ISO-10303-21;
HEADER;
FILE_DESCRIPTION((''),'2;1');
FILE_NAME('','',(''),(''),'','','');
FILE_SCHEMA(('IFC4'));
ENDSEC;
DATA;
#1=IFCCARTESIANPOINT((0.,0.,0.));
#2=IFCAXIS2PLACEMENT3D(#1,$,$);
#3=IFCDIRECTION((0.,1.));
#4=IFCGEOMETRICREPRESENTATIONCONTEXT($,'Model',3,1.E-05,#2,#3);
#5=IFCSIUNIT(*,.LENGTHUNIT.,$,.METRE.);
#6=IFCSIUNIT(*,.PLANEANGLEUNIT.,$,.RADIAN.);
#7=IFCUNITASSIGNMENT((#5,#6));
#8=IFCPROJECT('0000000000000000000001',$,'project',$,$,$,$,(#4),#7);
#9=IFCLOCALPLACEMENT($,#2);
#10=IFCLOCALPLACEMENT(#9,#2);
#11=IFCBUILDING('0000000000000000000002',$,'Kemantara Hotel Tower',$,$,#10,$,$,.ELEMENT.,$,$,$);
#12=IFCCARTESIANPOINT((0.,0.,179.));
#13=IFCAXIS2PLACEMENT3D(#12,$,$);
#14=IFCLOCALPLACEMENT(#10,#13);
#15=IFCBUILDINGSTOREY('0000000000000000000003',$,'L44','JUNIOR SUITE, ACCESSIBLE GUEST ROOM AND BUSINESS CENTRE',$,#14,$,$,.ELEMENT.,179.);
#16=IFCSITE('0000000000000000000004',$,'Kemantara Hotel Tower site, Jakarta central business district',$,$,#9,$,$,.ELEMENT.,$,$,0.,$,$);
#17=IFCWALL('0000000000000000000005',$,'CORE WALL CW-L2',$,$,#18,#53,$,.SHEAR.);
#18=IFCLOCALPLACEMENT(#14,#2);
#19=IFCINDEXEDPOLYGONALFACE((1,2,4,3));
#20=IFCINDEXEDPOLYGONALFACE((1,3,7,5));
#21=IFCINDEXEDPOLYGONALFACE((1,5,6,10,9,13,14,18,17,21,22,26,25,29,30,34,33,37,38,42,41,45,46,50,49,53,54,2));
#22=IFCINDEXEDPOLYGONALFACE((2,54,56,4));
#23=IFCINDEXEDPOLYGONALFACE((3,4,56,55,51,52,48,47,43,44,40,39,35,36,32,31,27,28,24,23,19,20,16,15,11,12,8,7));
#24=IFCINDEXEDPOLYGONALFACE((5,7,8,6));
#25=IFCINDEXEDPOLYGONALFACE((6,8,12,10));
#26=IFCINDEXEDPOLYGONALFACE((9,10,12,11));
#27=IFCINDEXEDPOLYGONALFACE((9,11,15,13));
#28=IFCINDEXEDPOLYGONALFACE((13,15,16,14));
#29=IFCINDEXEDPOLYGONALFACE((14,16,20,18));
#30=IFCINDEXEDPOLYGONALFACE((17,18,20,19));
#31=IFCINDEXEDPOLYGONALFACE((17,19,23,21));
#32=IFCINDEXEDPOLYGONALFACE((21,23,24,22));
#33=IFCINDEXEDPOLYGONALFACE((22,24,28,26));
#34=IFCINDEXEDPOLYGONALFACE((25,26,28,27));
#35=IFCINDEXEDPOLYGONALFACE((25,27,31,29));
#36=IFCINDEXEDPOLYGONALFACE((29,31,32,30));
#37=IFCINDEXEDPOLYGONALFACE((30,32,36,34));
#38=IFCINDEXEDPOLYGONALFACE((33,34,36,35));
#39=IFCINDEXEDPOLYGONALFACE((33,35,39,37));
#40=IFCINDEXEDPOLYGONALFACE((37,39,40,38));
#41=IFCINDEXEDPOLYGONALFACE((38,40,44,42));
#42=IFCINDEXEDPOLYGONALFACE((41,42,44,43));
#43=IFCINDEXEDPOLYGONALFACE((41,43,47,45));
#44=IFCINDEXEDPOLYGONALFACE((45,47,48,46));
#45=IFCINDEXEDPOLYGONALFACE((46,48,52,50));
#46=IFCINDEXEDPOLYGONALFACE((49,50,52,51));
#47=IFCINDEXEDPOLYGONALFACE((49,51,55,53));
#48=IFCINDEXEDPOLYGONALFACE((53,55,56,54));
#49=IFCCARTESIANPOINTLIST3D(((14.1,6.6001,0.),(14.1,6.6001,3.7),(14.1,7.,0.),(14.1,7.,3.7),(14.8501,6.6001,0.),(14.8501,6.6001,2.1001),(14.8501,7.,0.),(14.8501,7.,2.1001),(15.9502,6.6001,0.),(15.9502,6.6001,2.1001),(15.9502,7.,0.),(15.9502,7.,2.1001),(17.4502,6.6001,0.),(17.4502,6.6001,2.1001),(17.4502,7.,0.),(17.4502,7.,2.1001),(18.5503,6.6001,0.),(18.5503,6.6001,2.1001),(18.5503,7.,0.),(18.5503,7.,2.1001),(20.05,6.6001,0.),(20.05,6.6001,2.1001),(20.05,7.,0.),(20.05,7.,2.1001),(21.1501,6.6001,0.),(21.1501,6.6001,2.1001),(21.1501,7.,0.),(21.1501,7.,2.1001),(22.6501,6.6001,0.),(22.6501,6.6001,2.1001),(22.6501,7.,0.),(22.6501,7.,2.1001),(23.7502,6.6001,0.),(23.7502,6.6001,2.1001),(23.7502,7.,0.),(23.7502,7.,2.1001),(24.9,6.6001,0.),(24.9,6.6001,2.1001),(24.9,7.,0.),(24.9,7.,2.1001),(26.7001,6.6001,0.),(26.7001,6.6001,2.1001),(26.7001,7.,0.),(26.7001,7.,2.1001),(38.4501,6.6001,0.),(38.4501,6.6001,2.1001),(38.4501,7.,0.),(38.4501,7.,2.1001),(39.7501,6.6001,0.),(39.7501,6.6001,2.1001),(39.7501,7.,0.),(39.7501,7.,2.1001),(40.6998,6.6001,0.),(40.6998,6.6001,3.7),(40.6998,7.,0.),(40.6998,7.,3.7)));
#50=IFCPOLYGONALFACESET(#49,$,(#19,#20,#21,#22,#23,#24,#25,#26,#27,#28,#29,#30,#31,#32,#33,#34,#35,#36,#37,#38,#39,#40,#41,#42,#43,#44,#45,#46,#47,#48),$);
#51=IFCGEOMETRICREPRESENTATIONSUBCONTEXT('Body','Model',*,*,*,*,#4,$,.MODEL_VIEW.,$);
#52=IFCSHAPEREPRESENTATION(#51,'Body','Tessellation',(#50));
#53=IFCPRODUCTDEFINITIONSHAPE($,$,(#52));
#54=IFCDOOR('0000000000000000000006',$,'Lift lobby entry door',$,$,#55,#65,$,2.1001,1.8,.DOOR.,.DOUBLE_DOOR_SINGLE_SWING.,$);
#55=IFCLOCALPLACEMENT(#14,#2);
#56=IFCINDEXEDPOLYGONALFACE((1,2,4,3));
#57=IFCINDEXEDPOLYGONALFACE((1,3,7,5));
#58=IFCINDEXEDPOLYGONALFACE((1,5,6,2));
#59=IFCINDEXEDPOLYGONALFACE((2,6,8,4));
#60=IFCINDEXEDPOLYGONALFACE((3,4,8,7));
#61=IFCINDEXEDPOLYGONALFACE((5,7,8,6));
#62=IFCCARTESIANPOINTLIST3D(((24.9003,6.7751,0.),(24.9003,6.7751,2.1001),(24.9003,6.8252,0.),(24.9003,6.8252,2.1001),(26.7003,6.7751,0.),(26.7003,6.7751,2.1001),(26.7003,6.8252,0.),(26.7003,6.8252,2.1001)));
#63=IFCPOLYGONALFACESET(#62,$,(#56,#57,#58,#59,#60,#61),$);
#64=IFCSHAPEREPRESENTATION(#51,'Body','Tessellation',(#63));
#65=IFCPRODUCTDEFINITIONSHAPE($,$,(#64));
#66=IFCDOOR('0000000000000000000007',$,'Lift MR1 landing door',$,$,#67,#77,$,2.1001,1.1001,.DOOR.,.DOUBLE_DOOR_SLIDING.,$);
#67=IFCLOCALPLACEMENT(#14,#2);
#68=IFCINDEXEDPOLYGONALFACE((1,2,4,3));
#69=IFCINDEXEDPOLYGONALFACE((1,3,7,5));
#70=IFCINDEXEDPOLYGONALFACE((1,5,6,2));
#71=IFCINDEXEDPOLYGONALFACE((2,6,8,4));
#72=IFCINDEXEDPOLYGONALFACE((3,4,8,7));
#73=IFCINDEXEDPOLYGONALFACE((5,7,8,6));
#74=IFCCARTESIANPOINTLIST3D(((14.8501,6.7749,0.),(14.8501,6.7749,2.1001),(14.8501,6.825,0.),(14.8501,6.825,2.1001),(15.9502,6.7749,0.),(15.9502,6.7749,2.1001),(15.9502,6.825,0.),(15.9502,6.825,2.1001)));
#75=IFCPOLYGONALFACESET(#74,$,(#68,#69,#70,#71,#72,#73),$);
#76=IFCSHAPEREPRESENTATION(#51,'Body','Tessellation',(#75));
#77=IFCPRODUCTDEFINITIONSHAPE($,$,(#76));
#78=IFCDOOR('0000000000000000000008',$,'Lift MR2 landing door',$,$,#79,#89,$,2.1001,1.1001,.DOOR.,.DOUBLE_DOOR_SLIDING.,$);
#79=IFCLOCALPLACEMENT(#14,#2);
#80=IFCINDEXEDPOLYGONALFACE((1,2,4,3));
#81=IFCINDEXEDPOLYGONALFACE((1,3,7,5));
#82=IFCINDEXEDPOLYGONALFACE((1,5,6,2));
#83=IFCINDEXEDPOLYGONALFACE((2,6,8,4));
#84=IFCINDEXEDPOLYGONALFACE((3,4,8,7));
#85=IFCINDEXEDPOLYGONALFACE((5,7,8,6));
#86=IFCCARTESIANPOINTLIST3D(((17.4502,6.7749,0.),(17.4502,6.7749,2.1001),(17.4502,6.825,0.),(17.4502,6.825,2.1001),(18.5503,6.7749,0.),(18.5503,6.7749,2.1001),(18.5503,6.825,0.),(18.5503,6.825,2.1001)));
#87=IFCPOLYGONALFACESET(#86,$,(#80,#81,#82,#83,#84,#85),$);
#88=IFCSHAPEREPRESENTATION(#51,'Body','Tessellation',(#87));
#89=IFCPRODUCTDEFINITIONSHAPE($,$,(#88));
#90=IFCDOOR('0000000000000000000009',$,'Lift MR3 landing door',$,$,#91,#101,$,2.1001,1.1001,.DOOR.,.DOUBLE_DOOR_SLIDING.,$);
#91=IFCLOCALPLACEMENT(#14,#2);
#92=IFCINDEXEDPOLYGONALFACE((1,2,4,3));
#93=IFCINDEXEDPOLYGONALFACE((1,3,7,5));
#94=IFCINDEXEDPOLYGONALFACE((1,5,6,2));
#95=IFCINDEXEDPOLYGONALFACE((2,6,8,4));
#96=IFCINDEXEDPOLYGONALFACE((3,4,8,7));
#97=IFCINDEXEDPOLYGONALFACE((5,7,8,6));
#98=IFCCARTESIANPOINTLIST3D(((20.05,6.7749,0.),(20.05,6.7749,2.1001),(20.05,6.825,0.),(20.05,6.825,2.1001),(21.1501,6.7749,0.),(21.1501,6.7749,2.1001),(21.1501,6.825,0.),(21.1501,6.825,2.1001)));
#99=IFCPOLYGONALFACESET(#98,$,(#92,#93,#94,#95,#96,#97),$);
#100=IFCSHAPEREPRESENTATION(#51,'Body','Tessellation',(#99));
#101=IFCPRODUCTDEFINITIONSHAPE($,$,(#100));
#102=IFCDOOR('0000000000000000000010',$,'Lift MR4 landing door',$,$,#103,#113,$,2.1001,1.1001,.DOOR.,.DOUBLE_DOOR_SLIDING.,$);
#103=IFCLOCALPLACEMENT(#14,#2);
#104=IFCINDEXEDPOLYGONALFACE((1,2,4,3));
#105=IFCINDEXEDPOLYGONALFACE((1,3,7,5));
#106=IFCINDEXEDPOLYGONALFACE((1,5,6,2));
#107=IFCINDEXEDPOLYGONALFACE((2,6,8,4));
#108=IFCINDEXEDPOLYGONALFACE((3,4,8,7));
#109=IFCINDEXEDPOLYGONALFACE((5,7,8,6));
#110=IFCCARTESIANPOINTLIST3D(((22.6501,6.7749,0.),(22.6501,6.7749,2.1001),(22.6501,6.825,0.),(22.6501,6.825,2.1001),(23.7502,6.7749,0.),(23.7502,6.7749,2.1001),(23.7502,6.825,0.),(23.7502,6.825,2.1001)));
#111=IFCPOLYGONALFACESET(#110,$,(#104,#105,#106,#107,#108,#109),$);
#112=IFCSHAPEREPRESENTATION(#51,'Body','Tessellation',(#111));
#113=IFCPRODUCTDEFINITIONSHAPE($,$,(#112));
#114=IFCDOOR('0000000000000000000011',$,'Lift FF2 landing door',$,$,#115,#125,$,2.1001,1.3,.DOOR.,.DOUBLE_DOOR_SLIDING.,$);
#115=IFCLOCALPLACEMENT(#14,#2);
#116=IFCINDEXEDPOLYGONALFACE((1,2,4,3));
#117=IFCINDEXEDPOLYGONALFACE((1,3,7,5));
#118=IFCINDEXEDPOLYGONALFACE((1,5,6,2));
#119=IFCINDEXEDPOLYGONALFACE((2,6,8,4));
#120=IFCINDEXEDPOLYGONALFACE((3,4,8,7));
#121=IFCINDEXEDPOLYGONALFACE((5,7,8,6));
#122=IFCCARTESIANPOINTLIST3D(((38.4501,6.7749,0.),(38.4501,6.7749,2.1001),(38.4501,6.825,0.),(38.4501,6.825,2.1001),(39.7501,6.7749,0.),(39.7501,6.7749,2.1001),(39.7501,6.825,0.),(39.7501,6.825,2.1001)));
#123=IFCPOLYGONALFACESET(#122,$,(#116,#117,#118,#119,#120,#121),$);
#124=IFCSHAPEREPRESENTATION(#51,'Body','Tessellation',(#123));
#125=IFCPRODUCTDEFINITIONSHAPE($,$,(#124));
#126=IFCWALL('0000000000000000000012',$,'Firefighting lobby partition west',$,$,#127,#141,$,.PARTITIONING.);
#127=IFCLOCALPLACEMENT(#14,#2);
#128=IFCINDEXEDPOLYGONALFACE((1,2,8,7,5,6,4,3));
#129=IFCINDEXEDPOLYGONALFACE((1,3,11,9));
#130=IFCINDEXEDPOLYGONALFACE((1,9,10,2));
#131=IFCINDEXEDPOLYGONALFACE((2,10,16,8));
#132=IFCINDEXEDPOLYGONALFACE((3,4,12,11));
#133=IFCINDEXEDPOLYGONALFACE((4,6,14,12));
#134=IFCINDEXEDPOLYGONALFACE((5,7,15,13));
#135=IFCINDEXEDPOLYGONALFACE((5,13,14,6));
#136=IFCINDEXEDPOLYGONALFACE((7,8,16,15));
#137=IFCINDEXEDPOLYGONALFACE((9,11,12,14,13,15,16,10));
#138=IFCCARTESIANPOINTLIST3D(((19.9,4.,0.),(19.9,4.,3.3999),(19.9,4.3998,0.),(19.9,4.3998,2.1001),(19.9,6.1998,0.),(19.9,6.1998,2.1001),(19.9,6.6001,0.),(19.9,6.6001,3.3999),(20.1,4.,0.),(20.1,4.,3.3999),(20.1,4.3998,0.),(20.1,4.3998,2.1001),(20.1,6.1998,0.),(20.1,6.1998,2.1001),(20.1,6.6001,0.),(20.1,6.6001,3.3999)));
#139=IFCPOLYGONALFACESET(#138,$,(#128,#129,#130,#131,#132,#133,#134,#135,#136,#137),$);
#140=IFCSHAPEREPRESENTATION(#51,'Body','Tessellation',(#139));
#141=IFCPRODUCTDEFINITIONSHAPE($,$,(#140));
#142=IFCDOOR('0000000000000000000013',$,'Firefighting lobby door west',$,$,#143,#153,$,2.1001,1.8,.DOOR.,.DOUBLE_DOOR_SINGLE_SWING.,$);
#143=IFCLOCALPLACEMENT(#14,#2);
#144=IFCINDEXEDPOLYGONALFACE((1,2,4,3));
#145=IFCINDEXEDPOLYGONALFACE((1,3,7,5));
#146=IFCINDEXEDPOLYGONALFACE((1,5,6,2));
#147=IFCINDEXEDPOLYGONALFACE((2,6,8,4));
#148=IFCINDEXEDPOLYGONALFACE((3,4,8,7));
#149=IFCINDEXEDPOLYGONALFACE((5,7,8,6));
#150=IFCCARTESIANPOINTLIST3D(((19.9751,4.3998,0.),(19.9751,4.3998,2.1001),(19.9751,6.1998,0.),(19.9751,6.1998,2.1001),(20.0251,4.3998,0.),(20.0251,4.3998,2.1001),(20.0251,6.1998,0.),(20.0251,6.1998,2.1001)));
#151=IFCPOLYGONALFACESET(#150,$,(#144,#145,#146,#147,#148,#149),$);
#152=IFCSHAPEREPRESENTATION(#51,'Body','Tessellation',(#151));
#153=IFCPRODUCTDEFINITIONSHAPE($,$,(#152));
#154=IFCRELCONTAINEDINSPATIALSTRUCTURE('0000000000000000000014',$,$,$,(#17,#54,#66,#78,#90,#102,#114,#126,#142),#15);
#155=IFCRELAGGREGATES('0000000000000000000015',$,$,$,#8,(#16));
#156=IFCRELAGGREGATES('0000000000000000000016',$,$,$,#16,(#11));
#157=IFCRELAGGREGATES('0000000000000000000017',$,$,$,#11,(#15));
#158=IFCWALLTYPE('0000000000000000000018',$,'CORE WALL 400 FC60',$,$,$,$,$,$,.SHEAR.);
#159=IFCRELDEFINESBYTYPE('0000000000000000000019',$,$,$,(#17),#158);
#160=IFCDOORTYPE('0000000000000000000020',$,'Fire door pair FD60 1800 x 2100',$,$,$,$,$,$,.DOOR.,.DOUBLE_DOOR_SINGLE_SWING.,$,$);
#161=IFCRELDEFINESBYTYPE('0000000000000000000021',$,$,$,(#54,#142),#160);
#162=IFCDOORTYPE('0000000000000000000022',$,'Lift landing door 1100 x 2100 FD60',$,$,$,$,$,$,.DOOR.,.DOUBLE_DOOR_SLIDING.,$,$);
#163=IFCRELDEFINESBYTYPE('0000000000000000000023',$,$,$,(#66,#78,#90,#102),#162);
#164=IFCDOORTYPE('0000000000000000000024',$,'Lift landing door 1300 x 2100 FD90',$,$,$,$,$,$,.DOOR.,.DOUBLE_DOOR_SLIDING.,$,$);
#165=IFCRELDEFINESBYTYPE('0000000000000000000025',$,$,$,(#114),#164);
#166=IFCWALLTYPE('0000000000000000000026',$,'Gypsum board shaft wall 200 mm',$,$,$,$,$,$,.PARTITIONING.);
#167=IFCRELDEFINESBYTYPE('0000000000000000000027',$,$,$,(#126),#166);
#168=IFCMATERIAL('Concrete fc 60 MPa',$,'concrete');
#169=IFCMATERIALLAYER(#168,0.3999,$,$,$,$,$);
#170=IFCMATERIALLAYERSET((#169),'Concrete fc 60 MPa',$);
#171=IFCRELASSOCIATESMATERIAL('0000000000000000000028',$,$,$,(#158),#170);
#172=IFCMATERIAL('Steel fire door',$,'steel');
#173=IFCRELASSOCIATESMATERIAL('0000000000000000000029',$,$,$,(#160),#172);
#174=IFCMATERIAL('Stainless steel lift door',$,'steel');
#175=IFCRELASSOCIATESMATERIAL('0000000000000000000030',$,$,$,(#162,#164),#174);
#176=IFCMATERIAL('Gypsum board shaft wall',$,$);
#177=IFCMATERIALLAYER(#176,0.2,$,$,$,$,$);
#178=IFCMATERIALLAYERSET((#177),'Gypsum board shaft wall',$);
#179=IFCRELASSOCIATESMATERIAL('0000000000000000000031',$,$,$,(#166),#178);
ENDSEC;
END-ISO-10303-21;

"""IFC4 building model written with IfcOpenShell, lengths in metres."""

from ifc_helpers import new_model, si_unit, direction, frame, frame_2d, origin, place, context, subcontext, project, spatial, rectangle, extrude, material, layer, layer_set, type_object, element, fill, save


model = new_model("IFC4")

# Units and contexts
model_context = context("Model", 3, precision=1e-05, world=origin(), true_north=direction((0.0, 1.0)))
body_context = subcontext(model_context, "Body", "Model", "MODEL_VIEW")
ifc_project = project(units=[si_unit("LENGTHUNIT", "METRE"), si_unit("PLANEANGLEUNIT", "RADIAN")], contexts=[model_context])

# Site, building, storey
site_placement = place(None, origin())
site = spatial("IfcSite", under=ifc_project, at=site_placement, Name="Kemantara Hotel Tower site, Jakarta central business district", CompositionType="ELEMENT", RefElevation=0.0)
building_placement = place(site_placement, origin())
building = spatial("IfcBuilding", under=site, at=building_placement, Name="Kemantara Hotel Tower", CompositionType="ELEMENT")
storey_placement = place(building_placement, frame((0.0, 0.0, 179.0)))
storey = spatial("IfcBuildingStorey", under=building, at=storey_placement, Name="L44", Description="JUNIOR SUITE, ACCESSIBLE GUEST ROOM AND BUSINESS CENTRE", CompositionType="ELEMENT", Elevation=179.0)

# Shared definitions
ifc_material_1 = material(Name="Concrete fc 60 MPa", Category="concrete")
ifc_layer_1 = layer(ifc_material_1, 0.3999)
ifc_layer_set_1 = layer_set([ifc_layer_1], Name="Concrete fc 60 MPa")
wall_type_1 = type_object("IfcWallType", Name="CORE WALL 400 FC60", PredefinedType="SHEAR", material=ifc_layer_set_1)

# Wall, openings, doors
wall_1_placement = place(storey_placement, frame((14.1001, 6.8, 0.0), z_axis=(0.0, 0.0, 1.0), x_axis=(1.0, 0.0, 0.0)))
wall_1 = element("IfcWall", 1, at=wall_1_placement, inside=storey, type_object=wall_type_1, Name="CORE WALL CW-L2", PredefinedType="SHEAR", context=body_context, shape_type="SweptSolid", body=[
    extrude(rectangle(XDim=26.5999, YDim=0.3999, at=frame_2d((13.2998, 0.0))), origin(), (0.0, 0.0, 1.0), 3.7),
])
opening_1_placement = place(wall_1_placement, frame((10.8, 0.0, 0.0)))
opening_1 = element("IfcOpeningElement", 2, at=opening_1_placement, cuts=wall_1, PredefinedType="OPENING", context=body_context, shape_type="SweptSolid", body=[
    extrude(rectangle(XDim=1.8, YDim=2.1001, at=frame_2d((0.8999, 1.05))), frame((0.0, 0.21, 0.0), z_axis=(0.0, -1.0, 0.0), x_axis=(1.0, 0.0, 0.0)), (0.0, 0.0, 1.0), 0.4199),
])
opening_2_placement = place(wall_1_placement, frame((0.75, 0.0, 0.0)))
opening_2 = element("IfcOpeningElement", 3, at=opening_2_placement, cuts=wall_1, PredefinedType="OPENING", context=body_context, shape_type="SweptSolid", body=[
    extrude(rectangle(XDim=1.1001, YDim=2.1001, at=frame_2d((0.55, 1.05))), frame((0.0, 0.21, 0.0), z_axis=(0.0, -1.0, 0.0), x_axis=(1.0, 0.0, 0.0)), (0.0, 0.0, 1.0), 0.4199),
])
opening_3_placement = place(wall_1_placement, frame((3.3501, 0.0, 0.0)))
opening_3 = element("IfcOpeningElement", 4, at=opening_3_placement, cuts=wall_1, PredefinedType="OPENING", context=body_context, shape_type="SweptSolid", body=[
    extrude(rectangle(XDim=1.1001, YDim=2.1001, at=frame_2d((0.55, 1.05))), frame((0.0, 0.21, 0.0), z_axis=(0.0, -1.0, 0.0), x_axis=(1.0, 0.0, 0.0)), (0.0, 0.0, 1.0), 0.4199),
])
opening_4_placement = place(wall_1_placement, frame((5.95, 0.0, 0.0)))
opening_4 = element("IfcOpeningElement", 5, at=opening_4_placement, cuts=wall_1, PredefinedType="OPENING", context=body_context, shape_type="SweptSolid", body=[
    extrude(rectangle(XDim=1.1001, YDim=2.1001, at=frame_2d((0.55, 1.05))), frame((0.0, 0.21, 0.0), z_axis=(0.0, -1.0, 0.0), x_axis=(1.0, 0.0, 0.0)), (0.0, 0.0, 1.0), 0.4199),
])
opening_5_placement = place(wall_1_placement, frame((8.55, 0.0, 0.0)))
opening_5 = element("IfcOpeningElement", 6, at=opening_5_placement, cuts=wall_1, PredefinedType="OPENING", context=body_context, shape_type="SweptSolid", body=[
    extrude(rectangle(XDim=1.1001, YDim=2.1001, at=frame_2d((0.55, 1.05))), frame((0.0, 0.21, 0.0), z_axis=(0.0, -1.0, 0.0), x_axis=(1.0, 0.0, 0.0)), (0.0, 0.0, 1.0), 0.4199),
])
opening_6_placement = place(wall_1_placement, frame((24.3501, 0.0, 0.0)))
opening_6 = element("IfcOpeningElement", 7, at=opening_6_placement, cuts=wall_1, PredefinedType="OPENING", context=body_context, shape_type="SweptSolid", body=[
    extrude(rectangle(XDim=1.3, YDim=2.1001, at=frame_2d((0.6499, 1.05))), frame((0.0, 0.21, 0.0), z_axis=(0.0, -1.0, 0.0), x_axis=(1.0, 0.0, 0.0)), (0.0, 0.0, 1.0), 0.4199),
])
ifc_material_2 = material(Name="Steel fire door", Category="steel")
door_type_1 = type_object("IfcDoorType", Name="Fire door pair FD60 1800 x 2100", OperationType="DOUBLE_DOOR_SINGLE_SWING", PredefinedType="DOOR", material=ifc_material_2)
door_1_placement = place(opening_1_placement, frame((1.8, 0.0, 0.0), z_axis=(0.0, 0.0, 1.0), x_axis=(-1.0, 0.0, 0.0)))
door_1 = element("IfcDoor", 8, at=door_1_placement, inside=storey, type_object=door_type_1, Name="Lift lobby entry door", OperationType="DOUBLE_DOOR_SINGLE_SWING", OverallHeight=2.1001, OverallWidth=1.8, PredefinedType="DOOR", context=body_context, shape_type="SweptSolid", body=[
    extrude(rectangle(XDim=1.8, YDim=2.1001, at=frame_2d((0.8999, 1.05))), frame((0.0, 0.0249, 0.0), z_axis=(0.0, -1.0, 0.0), x_axis=(1.0, 0.0, 0.0)), (0.0, 0.0, 1.0), 0.05),
])
fill(opening_1, door_1)
ifc_material_3 = material(Name="Stainless steel lift door", Category="steel")
door_type_2 = type_object("IfcDoorType", Name="Lift landing door 1100 x 2100 FD60", OperationType="DOUBLE_DOOR_SLIDING", PredefinedType="DOOR", material=ifc_material_3)
door_2_placement = place(opening_2_placement, origin())
door_2 = element("IfcDoor", 9, at=door_2_placement, inside=storey, type_object=door_type_2, Name="Lift MR1 landing door", OperationType="DOUBLE_DOOR_SLIDING", OverallHeight=2.1001, OverallWidth=1.1001, PredefinedType="DOOR", context=body_context, shape_type="SweptSolid", body=[
    extrude(rectangle(XDim=1.1001, YDim=2.1001, at=frame_2d((0.55, 1.05))), frame((0.0, 0.0249, 0.0), z_axis=(0.0, -1.0, 0.0), x_axis=(1.0, 0.0, 0.0)), (0.0, 0.0, 1.0), 0.05),
])
fill(opening_2, door_2)
door_3_placement = place(opening_3_placement, origin())
door_3 = element("IfcDoor", 10, at=door_3_placement, inside=storey, type_object=door_type_2, Name="Lift MR2 landing door", OperationType="DOUBLE_DOOR_SLIDING", OverallHeight=2.1001, OverallWidth=1.1001, PredefinedType="DOOR", context=body_context, shape_type="SweptSolid", body=[
    extrude(rectangle(XDim=1.1001, YDim=2.1001, at=frame_2d((0.55, 1.05))), frame((0.0, 0.0249, 0.0), z_axis=(0.0, -1.0, 0.0), x_axis=(1.0, 0.0, 0.0)), (0.0, 0.0, 1.0), 0.05),
])
fill(opening_3, door_3)
door_4_placement = place(opening_4_placement, origin())
door_4 = element("IfcDoor", 11, at=door_4_placement, inside=storey, type_object=door_type_2, Name="Lift MR3 landing door", OperationType="DOUBLE_DOOR_SLIDING", OverallHeight=2.1001, OverallWidth=1.1001, PredefinedType="DOOR", context=body_context, shape_type="SweptSolid", body=[
    extrude(rectangle(XDim=1.1001, YDim=2.1001, at=frame_2d((0.55, 1.05))), frame((0.0, 0.0249, 0.0), z_axis=(0.0, -1.0, 0.0), x_axis=(1.0, 0.0, 0.0)), (0.0, 0.0, 1.0), 0.05),
])
fill(opening_4, door_4)
door_5_placement = place(opening_5_placement, origin())
door_5 = element("IfcDoor", 12, at=door_5_placement, inside=storey, type_object=door_type_2, Name="Lift MR4 landing door", OperationType="DOUBLE_DOOR_SLIDING", OverallHeight=2.1001, OverallWidth=1.1001, PredefinedType="DOOR", context=body_context, shape_type="SweptSolid", body=[
    extrude(rectangle(XDim=1.1001, YDim=2.1001, at=frame_2d((0.55, 1.05))), frame((0.0, 0.0249, 0.0), z_axis=(0.0, -1.0, 0.0), x_axis=(1.0, 0.0, 0.0)), (0.0, 0.0, 1.0), 0.05),
])
fill(opening_5, door_5)
door_type_3 = type_object("IfcDoorType", Name="Lift landing door 1300 x 2100 FD90", OperationType="DOUBLE_DOOR_SLIDING", PredefinedType="DOOR", material=ifc_material_3)
door_6_placement = place(opening_6_placement, origin())
door_6 = element("IfcDoor", 13, at=door_6_placement, inside=storey, type_object=door_type_3, Name="Lift FF2 landing door", OperationType="DOUBLE_DOOR_SLIDING", OverallHeight=2.1001, OverallWidth=1.3, PredefinedType="DOOR", context=body_context, shape_type="SweptSolid", body=[
    extrude(rectangle(XDim=1.3, YDim=2.1001, at=frame_2d((0.6499, 1.05))), frame((0.0, 0.0249, 0.0), z_axis=(0.0, -1.0, 0.0), x_axis=(1.0, 0.0, 0.0)), (0.0, 0.0, 1.0), 0.05),
])
fill(opening_6, door_6)

# Wall, opening, door
ifc_material_4 = material(Name="Gypsum board shaft wall")
ifc_layer_2 = layer(ifc_material_4, 0.2)
ifc_layer_set_2 = layer_set([ifc_layer_2], Name="Gypsum board shaft wall")
wall_type_2 = type_object("IfcWallType", Name="Gypsum board shaft wall 200 mm", PredefinedType="PARTITIONING", material=ifc_layer_set_2)
wall_2_placement = place(storey_placement, frame((20.0, 4.0, 0.0), z_axis=(0.0, 0.0, 1.0), x_axis=(0.0, 1.0, 0.0)))
wall_2 = element("IfcWall", 14, at=wall_2_placement, inside=storey, type_object=wall_type_2, Name="Firefighting lobby partition west", PredefinedType="PARTITIONING", context=body_context, shape_type="SweptSolid", body=[
    extrude(rectangle(XDim=2.6001, YDim=0.2, at=frame_2d((1.3, 0.0))), origin(), (0.0, 0.0, 1.0), 3.3999),
])
opening_7_placement = place(wall_2_placement, frame((0.3999, 0.0, 0.0)))
opening_7 = element("IfcOpeningElement", 15, at=opening_7_placement, cuts=wall_2, PredefinedType="OPENING", context=body_context, shape_type="SweptSolid", body=[
    extrude(rectangle(XDim=1.8, YDim=2.1001, at=frame_2d((0.8999, 1.05))), frame((0.0, 0.1099, 0.0), z_axis=(0.0, -1.0, 0.0), x_axis=(1.0, 0.0, 0.0)), (0.0, 0.0, 1.0), 0.22),
])
door_7_placement = place(opening_7_placement, origin())
door_7 = element("IfcDoor", 16, at=door_7_placement, inside=storey, type_object=door_type_1, Name="Firefighting lobby door west", OperationType="DOUBLE_DOOR_SINGLE_SWING", OverallHeight=2.1001, OverallWidth=1.8, PredefinedType="DOOR", context=body_context, shape_type="SweptSolid", body=[
    extrude(rectangle(XDim=1.8, YDim=2.1001, at=frame_2d((0.8999, 1.05))), frame((0.0, 0.0249, 0.0), z_axis=(0.0, -1.0, 0.0), x_axis=(1.0, 0.0, 0.0)), (0.0, 0.0, 1.0), 0.05),
])
fill(opening_7, door_7)

save(model, "model.ifc")
